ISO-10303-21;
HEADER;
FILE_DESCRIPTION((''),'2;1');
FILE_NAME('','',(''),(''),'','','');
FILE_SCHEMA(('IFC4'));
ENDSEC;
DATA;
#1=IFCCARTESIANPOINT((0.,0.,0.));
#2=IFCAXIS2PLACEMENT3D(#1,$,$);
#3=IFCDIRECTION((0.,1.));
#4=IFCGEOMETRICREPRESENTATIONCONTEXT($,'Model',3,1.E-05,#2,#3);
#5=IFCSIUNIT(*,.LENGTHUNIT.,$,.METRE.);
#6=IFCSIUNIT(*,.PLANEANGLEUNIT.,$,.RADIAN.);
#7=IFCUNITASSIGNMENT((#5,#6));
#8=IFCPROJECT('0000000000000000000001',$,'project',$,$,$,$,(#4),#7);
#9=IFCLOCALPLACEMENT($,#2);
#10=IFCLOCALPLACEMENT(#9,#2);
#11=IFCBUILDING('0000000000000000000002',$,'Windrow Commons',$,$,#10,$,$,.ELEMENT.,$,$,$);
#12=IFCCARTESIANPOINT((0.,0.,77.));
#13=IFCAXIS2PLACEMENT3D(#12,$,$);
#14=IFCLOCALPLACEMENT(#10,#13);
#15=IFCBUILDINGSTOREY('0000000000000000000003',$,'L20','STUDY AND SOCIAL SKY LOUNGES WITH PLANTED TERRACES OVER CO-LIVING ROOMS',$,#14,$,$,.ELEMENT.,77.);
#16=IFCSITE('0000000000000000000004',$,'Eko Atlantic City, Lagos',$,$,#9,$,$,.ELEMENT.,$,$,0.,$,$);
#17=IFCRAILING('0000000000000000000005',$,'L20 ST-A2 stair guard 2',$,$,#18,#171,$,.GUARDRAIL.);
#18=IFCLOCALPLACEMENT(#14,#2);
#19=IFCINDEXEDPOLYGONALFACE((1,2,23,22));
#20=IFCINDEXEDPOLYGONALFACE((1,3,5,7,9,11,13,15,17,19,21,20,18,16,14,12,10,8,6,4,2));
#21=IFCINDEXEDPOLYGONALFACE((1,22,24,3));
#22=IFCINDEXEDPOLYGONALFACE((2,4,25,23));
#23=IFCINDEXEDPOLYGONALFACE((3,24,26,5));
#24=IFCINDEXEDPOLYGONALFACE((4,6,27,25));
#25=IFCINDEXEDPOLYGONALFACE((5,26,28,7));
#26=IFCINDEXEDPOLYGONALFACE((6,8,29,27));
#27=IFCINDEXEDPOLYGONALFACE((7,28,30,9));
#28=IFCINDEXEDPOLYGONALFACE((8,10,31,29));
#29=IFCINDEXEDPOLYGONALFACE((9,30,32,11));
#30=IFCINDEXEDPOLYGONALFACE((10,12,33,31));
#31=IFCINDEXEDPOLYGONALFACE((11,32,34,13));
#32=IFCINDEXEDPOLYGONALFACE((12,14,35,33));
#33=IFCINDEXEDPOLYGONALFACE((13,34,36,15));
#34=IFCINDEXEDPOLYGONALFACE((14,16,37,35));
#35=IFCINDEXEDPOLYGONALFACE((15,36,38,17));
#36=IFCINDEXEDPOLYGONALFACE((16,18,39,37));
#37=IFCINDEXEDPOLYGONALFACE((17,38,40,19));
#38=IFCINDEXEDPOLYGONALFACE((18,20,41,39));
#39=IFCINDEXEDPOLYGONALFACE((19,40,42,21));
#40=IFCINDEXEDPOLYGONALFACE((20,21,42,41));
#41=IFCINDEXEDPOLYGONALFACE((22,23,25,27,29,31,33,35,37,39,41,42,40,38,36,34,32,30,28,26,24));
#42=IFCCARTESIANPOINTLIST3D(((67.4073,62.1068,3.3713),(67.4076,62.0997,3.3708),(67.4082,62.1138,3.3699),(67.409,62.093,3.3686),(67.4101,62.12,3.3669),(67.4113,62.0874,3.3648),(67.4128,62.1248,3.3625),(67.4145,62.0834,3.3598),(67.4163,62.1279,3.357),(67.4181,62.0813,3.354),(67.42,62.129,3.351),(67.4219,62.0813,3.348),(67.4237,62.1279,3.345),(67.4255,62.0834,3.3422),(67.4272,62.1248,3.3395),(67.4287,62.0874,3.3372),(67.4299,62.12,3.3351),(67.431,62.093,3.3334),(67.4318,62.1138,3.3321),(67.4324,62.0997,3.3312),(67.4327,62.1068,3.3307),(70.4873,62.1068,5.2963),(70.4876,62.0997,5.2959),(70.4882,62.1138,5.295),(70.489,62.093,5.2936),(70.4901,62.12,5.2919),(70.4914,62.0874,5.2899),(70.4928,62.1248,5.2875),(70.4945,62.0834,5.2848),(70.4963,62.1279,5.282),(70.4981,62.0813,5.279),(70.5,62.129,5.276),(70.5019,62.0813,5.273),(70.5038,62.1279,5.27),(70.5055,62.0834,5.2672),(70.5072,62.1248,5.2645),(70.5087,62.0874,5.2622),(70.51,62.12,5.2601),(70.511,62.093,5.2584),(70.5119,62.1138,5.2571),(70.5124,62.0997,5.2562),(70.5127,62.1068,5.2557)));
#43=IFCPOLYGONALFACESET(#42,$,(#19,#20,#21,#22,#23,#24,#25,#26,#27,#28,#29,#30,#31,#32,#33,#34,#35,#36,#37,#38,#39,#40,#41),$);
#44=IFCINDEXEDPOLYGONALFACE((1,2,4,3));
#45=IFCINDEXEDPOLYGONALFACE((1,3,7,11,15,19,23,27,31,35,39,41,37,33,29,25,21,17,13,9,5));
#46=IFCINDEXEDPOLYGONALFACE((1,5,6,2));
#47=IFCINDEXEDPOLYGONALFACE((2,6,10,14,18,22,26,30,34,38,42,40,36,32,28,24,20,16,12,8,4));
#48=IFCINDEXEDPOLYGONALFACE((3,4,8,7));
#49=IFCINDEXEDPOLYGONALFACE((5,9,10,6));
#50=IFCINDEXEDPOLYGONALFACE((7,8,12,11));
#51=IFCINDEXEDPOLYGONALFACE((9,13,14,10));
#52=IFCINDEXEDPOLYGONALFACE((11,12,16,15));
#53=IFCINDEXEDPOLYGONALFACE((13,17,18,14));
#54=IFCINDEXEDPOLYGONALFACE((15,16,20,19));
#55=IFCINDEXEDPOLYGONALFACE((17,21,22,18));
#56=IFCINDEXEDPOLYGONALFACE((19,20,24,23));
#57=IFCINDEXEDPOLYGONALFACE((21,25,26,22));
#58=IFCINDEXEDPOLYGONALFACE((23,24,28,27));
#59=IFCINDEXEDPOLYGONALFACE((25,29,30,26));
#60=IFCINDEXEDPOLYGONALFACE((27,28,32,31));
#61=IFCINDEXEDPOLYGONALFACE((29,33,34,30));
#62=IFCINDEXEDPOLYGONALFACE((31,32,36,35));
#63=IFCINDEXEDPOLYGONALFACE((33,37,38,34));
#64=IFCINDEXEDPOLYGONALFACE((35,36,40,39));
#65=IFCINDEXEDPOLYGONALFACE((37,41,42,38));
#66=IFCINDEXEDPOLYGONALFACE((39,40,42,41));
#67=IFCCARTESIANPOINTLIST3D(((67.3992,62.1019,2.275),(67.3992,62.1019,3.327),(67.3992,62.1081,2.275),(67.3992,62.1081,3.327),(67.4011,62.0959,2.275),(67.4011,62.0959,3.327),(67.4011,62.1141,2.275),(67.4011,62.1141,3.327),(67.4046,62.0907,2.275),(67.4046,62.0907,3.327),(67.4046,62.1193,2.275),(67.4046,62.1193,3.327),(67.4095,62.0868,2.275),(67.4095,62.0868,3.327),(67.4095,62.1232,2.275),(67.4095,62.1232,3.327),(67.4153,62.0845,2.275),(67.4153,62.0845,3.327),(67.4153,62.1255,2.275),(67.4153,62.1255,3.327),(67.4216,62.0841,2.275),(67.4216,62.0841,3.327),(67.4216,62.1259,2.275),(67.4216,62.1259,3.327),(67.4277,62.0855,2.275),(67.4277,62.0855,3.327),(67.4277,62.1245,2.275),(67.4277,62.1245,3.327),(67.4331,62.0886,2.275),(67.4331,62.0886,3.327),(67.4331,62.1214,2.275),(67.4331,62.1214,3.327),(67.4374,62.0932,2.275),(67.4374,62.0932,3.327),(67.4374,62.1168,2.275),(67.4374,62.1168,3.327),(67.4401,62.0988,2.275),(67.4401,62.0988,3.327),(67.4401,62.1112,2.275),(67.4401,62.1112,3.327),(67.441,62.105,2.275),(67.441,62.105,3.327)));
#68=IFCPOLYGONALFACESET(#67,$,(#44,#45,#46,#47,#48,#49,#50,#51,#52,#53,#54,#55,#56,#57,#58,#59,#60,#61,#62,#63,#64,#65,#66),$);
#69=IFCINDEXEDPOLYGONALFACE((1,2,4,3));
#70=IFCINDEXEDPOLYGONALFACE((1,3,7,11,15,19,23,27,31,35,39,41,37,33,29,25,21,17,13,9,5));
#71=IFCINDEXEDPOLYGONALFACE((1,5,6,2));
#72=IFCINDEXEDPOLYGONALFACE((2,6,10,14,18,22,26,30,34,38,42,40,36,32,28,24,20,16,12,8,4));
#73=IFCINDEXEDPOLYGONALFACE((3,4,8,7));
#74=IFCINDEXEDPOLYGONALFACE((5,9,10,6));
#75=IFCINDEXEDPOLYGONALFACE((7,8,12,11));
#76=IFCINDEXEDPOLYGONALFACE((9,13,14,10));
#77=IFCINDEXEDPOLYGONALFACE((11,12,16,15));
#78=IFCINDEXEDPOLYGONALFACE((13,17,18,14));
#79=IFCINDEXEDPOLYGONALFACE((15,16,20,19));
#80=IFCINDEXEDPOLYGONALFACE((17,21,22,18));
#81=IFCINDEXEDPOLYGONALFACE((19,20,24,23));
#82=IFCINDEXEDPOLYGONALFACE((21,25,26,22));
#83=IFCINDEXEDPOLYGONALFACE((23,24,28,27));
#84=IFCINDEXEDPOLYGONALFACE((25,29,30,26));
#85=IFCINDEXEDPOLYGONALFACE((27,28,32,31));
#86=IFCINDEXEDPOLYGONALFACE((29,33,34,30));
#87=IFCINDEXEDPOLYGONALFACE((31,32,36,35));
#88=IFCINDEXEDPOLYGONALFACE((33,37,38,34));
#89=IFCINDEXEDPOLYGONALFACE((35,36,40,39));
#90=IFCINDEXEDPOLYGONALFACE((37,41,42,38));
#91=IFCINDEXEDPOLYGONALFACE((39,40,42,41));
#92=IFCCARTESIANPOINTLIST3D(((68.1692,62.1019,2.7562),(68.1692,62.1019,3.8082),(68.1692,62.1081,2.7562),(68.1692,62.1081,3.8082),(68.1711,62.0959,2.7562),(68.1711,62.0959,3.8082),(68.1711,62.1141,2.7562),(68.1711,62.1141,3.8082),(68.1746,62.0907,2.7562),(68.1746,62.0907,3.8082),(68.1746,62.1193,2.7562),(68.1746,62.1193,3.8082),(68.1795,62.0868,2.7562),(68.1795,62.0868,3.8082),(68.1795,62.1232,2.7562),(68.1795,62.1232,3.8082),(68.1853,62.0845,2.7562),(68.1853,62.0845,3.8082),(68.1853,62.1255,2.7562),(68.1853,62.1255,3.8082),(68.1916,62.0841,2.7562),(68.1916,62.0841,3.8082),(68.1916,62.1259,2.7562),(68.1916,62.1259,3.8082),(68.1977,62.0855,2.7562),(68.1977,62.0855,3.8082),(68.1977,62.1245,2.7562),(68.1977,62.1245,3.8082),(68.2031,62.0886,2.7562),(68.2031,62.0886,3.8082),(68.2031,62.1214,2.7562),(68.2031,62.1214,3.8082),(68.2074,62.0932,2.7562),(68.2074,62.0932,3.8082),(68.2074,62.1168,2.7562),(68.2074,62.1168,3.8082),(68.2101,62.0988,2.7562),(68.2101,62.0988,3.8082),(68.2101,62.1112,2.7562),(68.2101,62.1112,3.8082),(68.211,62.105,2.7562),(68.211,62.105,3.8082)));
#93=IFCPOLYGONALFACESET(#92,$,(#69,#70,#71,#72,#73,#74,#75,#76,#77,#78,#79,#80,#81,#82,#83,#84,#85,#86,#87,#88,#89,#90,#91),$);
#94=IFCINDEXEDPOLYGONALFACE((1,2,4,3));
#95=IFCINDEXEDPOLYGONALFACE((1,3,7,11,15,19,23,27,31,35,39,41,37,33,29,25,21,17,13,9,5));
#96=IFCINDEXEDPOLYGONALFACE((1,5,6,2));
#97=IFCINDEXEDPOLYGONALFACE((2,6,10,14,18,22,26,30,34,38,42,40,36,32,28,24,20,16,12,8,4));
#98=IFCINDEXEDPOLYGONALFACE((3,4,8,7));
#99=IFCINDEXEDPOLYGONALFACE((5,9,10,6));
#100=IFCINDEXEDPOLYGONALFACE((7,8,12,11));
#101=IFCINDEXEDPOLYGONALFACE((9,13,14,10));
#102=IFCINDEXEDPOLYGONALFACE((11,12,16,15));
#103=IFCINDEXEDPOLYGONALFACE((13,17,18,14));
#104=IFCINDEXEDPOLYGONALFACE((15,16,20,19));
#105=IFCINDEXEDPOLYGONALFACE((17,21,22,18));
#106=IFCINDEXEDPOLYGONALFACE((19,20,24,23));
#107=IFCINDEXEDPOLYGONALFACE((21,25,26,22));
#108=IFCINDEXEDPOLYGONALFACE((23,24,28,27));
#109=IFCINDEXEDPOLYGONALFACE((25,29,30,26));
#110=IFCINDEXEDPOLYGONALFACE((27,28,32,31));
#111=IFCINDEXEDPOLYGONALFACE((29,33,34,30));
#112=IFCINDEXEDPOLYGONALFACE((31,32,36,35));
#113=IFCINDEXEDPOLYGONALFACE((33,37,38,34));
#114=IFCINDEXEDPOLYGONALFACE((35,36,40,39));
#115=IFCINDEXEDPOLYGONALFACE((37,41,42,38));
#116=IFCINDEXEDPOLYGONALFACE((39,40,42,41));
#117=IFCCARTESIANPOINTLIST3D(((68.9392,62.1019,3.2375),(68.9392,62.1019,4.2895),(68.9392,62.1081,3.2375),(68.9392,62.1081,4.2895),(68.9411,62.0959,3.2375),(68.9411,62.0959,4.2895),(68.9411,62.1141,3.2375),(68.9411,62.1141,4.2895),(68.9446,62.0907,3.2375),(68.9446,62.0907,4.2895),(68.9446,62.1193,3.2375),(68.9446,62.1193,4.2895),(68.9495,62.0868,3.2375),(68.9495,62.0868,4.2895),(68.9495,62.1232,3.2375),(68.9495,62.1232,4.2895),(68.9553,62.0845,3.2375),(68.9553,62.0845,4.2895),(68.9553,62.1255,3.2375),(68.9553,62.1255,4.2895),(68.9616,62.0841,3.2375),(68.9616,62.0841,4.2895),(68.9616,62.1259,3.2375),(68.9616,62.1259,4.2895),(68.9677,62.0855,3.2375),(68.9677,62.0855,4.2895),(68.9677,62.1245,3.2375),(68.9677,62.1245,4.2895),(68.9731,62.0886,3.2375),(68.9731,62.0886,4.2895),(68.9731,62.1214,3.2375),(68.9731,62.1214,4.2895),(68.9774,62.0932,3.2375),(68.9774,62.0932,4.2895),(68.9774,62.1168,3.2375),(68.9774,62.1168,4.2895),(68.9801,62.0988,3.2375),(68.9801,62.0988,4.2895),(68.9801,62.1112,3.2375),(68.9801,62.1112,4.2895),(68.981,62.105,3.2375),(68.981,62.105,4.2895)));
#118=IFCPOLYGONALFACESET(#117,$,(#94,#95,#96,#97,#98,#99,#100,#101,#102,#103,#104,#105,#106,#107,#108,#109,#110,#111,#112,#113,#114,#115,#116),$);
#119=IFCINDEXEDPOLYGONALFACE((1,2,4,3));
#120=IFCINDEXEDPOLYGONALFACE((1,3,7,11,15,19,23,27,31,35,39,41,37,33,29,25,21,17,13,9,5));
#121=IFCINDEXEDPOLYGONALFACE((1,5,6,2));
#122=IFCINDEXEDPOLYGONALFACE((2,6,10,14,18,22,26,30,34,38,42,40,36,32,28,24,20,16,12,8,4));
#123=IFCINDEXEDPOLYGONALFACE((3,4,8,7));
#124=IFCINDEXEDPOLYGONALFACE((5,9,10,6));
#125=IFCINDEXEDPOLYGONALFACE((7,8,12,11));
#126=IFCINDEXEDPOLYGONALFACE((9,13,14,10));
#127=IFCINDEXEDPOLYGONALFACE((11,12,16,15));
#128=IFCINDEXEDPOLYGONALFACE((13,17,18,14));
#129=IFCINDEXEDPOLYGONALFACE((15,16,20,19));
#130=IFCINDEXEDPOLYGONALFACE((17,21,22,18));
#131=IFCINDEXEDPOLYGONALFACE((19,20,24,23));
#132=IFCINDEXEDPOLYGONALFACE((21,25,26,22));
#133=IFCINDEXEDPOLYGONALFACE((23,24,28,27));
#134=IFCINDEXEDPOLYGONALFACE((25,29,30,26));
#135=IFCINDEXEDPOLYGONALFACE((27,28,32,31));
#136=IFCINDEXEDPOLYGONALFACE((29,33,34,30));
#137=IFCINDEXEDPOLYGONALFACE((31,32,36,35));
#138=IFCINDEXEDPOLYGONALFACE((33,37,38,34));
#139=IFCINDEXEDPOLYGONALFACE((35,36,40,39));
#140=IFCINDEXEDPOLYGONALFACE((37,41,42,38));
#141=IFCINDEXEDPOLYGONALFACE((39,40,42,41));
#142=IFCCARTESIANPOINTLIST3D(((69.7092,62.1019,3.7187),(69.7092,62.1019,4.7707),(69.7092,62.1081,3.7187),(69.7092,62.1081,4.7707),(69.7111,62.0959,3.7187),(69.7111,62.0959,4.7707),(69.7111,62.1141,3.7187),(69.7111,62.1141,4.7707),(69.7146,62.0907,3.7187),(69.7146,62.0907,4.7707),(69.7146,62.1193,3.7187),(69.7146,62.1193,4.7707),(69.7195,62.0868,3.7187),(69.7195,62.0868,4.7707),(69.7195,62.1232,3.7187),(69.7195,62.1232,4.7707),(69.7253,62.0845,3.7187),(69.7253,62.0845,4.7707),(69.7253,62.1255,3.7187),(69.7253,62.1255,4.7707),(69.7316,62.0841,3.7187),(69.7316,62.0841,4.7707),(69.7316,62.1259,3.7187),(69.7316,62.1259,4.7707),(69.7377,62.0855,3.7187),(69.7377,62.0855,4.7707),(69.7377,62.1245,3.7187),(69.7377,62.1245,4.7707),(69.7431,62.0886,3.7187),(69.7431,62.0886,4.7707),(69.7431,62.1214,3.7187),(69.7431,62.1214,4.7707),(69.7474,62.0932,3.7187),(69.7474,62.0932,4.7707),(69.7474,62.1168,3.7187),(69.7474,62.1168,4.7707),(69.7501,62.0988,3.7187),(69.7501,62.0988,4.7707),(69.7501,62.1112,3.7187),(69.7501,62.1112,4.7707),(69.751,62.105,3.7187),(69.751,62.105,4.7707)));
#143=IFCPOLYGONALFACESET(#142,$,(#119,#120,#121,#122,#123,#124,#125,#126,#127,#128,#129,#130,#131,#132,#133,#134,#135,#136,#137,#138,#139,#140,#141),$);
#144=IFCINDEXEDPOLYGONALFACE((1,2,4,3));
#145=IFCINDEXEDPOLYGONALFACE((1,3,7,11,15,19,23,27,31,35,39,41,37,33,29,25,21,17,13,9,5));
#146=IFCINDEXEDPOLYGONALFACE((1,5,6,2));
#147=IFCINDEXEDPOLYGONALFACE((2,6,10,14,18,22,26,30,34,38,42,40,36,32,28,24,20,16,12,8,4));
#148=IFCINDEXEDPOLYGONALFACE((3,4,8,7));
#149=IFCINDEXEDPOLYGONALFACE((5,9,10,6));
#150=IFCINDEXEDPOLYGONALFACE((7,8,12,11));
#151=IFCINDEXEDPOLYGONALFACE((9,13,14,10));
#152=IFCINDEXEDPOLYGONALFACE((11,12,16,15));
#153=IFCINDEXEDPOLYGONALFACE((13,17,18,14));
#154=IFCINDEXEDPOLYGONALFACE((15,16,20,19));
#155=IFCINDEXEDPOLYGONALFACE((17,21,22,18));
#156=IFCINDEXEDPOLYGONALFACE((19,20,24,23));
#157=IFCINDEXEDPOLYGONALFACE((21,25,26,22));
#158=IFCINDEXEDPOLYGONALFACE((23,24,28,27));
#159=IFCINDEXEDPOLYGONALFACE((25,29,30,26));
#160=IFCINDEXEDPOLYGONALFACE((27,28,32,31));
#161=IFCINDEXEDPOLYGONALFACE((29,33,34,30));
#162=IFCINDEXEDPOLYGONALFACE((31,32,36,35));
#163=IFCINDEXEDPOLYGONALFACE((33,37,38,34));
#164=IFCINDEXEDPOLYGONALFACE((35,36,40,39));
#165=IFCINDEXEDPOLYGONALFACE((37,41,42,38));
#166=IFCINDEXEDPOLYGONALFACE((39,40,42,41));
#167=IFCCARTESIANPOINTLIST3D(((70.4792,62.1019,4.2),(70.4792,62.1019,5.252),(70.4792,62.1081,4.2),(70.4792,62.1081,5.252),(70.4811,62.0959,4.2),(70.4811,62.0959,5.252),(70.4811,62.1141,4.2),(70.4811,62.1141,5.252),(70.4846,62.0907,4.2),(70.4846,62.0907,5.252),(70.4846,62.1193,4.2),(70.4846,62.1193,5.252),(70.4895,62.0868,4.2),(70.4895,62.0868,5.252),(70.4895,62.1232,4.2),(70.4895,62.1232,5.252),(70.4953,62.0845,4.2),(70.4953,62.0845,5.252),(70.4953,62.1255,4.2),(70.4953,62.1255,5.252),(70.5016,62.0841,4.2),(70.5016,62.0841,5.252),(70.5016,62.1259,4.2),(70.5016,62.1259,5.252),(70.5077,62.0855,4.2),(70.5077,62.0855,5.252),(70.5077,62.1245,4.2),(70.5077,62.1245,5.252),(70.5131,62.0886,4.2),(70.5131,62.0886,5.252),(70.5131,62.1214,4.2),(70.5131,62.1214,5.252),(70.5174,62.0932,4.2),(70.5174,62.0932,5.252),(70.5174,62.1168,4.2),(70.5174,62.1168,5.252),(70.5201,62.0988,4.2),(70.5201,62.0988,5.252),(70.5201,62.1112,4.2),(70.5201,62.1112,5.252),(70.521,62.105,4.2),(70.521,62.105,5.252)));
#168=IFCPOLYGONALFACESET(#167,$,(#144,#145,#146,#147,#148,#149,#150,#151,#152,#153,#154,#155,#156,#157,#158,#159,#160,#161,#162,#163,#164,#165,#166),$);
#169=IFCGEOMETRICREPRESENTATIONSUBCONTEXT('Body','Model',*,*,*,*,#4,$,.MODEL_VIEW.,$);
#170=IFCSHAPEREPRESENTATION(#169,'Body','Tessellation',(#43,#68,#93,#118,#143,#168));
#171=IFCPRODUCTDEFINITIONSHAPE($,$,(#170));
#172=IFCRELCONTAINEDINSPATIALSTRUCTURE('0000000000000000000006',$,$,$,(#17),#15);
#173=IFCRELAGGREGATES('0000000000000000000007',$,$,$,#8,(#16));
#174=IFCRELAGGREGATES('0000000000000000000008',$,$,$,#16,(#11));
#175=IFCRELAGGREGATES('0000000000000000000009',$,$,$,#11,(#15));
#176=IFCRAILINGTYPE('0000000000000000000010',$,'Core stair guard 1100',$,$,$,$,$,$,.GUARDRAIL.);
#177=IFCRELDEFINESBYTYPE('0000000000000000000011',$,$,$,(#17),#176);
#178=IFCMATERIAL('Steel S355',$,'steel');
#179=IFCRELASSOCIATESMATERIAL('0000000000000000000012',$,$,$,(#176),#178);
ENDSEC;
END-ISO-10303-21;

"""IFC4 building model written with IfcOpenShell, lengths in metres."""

from ifc_helpers import new_model, si_unit, direction, frame, origin, origin_2d, place, context, subcontext, project, spatial, circle, extrude, material, type_object, element, save


model = new_model("IFC4")

# Units and contexts
model_context = context("Model", 3, precision=1e-05, world=origin(), true_north=direction((0.0, 1.0)))
body_context = subcontext(model_context, "Body", "Model", "MODEL_VIEW")
ifc_project = project(units=[si_unit("LENGTHUNIT", "METRE"), si_unit("PLANEANGLEUNIT", "RADIAN")], contexts=[model_context])

# Site, building, storey
site_placement = place(None, origin())
site = spatial("IfcSite", under=ifc_project, at=site_placement, Name="Eko Atlantic City, Lagos", CompositionType="ELEMENT", RefElevation=0.0)
building_placement = place(site_placement, origin())
building = spatial("IfcBuilding", under=site, at=building_placement, Name="Windrow Commons", CompositionType="ELEMENT")
storey_placement = place(building_placement, frame((0.0, 0.0, 77.0)))
storey = spatial("IfcBuildingStorey", under=building, at=storey_placement, Name="L20", Description="STUDY AND SOCIAL SKY LOUNGES WITH PLANTED TERRACES OVER CO-LIVING ROOMS", CompositionType="ELEMENT", Elevation=77.0)

# Railing
ifc_material_1 = material(Name="Steel S355", Category="steel")
railing_type_1 = type_object("IfcRailingType", Name="Core stair guard 1100", PredefinedType="GUARDRAIL", material=ifc_material_1)
railing_1_placement = place(storey_placement, frame((67.42, 62.105, 2.275)))
element("IfcRailing", 1, at=railing_1_placement, inside=storey, type_object=railing_type_1, Name="L20 ST-A2 stair guard 2", PredefinedType="GUARDRAIL", context=body_context, shape_type="SweptSolid", body=[
    extrude(circle(Radius=0.024, at=origin_2d()), frame((0.0, 0.0, 1.076), z_axis=(0.847998, 0.0, 0.529999), x_axis=(0.0, 1.0, 0.0)), (0.0, 0.0, 1.0), 3.6321),
    extrude(circle(Radius=0.021, at=origin_2d()), origin(), (0.0, 0.0, 1.0), 1.052),
    extrude(circle(Radius=0.021, at=origin_2d()), frame((0.77, 0.0, 0.4812)), (0.0, 0.0, 1.0), 1.052),
    extrude(circle(Radius=0.021, at=origin_2d()), frame((1.54, 0.0, 0.9625)), (0.0, 0.0, 1.0), 1.052),
    extrude(circle(Radius=0.021, at=origin_2d()), frame((2.31, 0.0, 1.4437)), (0.0, 0.0, 1.0), 1.052),
    extrude(circle(Radius=0.021, at=origin_2d()), frame((3.08, 0.0, 1.925)), (0.0, 0.0, 1.0), 1.052),
])

save(model, "model.ifc")
